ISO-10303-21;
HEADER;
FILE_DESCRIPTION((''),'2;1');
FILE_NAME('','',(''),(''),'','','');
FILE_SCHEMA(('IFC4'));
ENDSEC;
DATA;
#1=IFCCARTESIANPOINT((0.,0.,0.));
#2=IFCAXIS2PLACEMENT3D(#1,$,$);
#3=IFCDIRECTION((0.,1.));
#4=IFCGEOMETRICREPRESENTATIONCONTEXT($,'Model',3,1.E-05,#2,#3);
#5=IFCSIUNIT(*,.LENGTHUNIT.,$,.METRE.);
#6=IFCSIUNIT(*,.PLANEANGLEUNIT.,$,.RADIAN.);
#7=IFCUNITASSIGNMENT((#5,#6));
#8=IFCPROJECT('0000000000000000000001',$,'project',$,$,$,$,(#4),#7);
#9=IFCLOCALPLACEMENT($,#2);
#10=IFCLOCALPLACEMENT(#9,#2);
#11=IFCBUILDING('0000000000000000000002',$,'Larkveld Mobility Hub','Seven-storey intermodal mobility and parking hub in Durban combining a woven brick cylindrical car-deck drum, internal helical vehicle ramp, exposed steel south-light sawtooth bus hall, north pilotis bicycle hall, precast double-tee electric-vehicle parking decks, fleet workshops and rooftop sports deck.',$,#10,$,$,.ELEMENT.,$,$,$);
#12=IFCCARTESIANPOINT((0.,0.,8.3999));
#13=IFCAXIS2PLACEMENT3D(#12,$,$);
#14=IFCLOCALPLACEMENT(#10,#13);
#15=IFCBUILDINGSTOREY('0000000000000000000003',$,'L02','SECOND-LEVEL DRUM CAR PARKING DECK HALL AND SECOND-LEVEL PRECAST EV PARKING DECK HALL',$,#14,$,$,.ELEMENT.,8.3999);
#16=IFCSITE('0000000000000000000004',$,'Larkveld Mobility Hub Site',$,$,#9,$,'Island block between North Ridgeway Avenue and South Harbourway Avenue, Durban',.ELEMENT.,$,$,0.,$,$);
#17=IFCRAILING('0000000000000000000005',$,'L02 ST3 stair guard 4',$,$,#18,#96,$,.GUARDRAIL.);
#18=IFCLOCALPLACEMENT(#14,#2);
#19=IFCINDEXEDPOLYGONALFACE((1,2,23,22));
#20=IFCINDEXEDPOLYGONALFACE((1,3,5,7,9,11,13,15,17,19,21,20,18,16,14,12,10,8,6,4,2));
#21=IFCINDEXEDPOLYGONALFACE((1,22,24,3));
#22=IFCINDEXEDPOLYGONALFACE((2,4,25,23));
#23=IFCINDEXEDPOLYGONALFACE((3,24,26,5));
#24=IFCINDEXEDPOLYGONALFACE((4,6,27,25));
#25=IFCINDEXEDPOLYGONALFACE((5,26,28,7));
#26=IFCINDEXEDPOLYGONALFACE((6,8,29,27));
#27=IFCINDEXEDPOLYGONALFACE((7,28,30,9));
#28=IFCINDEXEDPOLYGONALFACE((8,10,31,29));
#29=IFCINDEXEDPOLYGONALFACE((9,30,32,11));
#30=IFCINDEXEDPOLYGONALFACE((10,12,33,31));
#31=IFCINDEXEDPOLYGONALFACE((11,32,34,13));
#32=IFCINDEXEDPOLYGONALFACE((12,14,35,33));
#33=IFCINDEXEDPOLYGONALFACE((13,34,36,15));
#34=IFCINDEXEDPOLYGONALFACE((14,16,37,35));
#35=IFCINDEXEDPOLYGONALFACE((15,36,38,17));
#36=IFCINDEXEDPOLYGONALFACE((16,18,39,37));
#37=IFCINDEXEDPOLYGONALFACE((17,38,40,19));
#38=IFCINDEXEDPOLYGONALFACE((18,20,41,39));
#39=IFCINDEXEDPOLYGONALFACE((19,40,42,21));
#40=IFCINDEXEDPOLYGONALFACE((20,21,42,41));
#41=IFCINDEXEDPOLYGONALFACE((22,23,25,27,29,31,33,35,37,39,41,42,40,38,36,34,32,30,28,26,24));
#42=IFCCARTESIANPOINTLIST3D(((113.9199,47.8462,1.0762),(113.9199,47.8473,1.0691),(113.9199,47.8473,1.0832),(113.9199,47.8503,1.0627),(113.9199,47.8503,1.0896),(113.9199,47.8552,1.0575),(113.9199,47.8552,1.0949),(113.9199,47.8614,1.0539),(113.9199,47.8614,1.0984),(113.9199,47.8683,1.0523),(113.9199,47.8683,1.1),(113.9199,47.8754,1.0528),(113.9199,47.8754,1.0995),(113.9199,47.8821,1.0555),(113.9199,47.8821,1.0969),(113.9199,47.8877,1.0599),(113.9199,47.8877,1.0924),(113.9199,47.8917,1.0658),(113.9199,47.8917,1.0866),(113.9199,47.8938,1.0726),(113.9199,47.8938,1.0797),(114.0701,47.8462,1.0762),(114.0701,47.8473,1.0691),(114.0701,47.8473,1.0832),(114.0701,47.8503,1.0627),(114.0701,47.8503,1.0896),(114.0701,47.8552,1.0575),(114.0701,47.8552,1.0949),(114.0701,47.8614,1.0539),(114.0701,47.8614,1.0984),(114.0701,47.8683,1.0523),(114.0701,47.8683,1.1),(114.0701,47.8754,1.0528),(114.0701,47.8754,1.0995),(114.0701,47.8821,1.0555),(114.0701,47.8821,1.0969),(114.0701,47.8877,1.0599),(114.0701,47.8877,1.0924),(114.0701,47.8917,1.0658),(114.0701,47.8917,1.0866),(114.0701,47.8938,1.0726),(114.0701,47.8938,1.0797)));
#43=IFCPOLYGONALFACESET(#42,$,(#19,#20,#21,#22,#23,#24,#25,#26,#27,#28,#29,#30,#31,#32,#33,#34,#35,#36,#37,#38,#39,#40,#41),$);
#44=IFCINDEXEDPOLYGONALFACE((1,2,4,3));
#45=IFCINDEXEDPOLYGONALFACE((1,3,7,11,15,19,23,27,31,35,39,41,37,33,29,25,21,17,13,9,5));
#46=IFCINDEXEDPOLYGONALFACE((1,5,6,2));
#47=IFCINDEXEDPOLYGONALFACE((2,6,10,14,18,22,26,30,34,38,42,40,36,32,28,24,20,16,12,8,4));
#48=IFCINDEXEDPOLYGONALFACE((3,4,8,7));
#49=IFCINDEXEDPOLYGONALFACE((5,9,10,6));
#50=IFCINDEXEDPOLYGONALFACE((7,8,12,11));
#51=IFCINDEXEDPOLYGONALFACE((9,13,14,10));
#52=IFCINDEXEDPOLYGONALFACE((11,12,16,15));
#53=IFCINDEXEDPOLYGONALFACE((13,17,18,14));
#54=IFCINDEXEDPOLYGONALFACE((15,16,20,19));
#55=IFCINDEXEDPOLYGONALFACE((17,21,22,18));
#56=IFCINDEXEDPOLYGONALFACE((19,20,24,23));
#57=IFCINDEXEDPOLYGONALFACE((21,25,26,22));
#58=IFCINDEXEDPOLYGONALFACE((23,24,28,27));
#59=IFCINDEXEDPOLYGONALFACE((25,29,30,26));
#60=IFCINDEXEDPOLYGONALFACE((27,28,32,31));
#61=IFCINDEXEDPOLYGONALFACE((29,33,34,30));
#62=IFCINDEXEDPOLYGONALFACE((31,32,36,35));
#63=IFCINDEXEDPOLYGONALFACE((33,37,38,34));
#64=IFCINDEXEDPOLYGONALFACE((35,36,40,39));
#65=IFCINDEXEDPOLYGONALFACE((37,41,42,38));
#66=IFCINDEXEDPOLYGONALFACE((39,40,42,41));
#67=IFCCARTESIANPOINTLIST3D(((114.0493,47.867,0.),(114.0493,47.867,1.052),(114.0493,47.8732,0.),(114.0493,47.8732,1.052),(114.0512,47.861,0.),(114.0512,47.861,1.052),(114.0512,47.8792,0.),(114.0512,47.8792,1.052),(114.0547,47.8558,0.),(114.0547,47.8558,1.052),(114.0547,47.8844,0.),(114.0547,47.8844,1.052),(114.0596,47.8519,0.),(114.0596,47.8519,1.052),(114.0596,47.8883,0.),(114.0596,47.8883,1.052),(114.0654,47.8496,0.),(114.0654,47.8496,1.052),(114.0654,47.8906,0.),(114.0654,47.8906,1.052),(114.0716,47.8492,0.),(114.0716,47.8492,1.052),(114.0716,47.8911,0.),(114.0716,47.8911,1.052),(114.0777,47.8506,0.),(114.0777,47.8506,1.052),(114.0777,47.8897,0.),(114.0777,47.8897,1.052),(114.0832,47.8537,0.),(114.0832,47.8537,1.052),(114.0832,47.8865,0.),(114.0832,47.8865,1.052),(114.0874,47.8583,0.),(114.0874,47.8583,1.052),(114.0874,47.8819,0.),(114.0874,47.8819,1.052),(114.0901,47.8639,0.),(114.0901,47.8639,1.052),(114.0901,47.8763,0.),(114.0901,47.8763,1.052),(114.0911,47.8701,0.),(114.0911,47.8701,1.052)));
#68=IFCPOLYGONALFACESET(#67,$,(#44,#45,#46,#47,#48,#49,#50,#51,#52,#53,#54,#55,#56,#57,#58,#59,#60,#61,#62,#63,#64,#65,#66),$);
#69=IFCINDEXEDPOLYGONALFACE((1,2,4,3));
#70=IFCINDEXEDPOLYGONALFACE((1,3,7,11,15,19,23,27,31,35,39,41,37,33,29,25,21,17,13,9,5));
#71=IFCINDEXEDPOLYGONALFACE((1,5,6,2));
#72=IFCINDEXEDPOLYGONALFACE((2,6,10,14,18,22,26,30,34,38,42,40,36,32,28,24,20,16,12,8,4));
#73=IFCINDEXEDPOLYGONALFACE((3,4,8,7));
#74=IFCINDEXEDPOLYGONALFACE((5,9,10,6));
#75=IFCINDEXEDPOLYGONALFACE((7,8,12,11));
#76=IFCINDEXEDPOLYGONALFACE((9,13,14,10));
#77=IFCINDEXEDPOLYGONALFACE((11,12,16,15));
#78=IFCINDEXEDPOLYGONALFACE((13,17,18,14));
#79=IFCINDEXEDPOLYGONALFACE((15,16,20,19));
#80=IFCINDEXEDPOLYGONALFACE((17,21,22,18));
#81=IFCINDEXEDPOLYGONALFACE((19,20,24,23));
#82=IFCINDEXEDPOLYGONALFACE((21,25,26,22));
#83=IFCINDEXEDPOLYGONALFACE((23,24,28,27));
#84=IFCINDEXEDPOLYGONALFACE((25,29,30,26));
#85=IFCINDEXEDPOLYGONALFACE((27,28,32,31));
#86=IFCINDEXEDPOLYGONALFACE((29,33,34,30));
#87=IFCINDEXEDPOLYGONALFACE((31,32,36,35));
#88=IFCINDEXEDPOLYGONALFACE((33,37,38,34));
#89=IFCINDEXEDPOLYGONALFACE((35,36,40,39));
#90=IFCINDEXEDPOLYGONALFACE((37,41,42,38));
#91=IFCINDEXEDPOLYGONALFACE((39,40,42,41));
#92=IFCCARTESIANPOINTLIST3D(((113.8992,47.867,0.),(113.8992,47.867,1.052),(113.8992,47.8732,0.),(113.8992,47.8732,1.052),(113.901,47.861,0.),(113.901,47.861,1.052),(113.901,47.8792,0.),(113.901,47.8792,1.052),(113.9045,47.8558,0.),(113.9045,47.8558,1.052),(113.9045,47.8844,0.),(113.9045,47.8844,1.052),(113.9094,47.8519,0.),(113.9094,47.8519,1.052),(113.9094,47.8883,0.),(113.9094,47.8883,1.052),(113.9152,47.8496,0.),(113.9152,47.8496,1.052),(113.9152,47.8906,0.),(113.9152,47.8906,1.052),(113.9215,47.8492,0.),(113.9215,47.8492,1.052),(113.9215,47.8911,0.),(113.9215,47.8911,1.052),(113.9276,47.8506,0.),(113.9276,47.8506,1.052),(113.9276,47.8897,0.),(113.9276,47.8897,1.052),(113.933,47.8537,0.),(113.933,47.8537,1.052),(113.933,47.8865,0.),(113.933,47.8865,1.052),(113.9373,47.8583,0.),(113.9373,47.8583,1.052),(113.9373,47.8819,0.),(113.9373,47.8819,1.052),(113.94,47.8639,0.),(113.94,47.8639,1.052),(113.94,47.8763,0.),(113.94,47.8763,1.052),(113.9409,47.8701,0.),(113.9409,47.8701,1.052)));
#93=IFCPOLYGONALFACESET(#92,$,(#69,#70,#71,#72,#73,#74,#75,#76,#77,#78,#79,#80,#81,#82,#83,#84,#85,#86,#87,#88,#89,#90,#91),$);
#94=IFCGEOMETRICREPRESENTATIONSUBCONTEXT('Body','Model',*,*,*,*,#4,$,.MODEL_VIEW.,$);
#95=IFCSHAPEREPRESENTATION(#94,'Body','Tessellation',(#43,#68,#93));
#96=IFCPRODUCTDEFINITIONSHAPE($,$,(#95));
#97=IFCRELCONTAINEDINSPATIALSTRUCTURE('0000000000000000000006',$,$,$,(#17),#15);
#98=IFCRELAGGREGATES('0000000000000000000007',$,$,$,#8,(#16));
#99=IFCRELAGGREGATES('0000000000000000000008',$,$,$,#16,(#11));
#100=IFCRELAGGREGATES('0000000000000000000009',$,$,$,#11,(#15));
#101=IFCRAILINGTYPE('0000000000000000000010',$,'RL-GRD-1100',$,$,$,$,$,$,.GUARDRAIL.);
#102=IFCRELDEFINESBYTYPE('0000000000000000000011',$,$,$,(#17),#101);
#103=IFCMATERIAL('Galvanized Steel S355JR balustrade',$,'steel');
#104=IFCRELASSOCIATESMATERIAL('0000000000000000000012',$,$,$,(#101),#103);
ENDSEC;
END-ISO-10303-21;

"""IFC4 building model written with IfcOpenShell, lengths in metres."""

from ifc_helpers import new_model, si_unit, direction, frame, origin, origin_2d, place, context, subcontext, project, spatial, circle, extrude, material, type_object, element, save


model = new_model("IFC4")

# Units and contexts
model_context = context("Model", 3, precision=1e-05, world=origin(), true_north=direction((0.0, 1.0)))
body_context = subcontext(model_context, "Body", "Model", "MODEL_VIEW")
ifc_project = project(units=[si_unit("LENGTHUNIT", "METRE"), si_unit("PLANEANGLEUNIT", "RADIAN")], contexts=[model_context])

# Site, building, storey
site_placement = place(None, origin())
site = spatial("IfcSite", under=ifc_project, at=site_placement, Name="Larkveld Mobility Hub Site", LongName="Island block between North Ridgeway Avenue and South Harbourway Avenue, Durban", CompositionType="ELEMENT", RefElevation=0.0)
building_placement = place(site_placement, origin())
building = spatial("IfcBuilding", under=site, at=building_placement, Name="Larkveld Mobility Hub", Description="Seven-storey intermodal mobility and parking hub in Durban combining a woven brick cylindrical car-deck drum, internal helical vehicle ramp, exposed steel south-light sawtooth bus hall, north pilotis bicycle hall, precast double-tee electric-vehicle parking decks, fleet workshops and rooftop sports deck.", CompositionType="ELEMENT")
storey_placement = place(building_placement, frame((0.0, 0.0, 8.3999)))
storey = spatial("IfcBuildingStorey", under=building, at=storey_placement, Name="L02", Description="SECOND-LEVEL DRUM CAR PARKING DECK HALL AND SECOND-LEVEL PRECAST EV PARKING DECK HALL", CompositionType="ELEMENT", Elevation=8.3999)

# Railing
ifc_material_1 = material(Name="Galvanized Steel S355JR balustrade", Category="steel")
railing_type_1 = type_object("IfcRailingType", Name="RL-GRD-1100", PredefinedType="GUARDRAIL", material=ifc_material_1)
railing_1_placement = place(storey_placement, frame((114.0701, 47.8701, 0.0)))
element("IfcRailing", 1, at=railing_1_placement, inside=storey, type_object=railing_type_1, Name="L02 ST3 stair guard 4", PredefinedType="GUARDRAIL", context=body_context, shape_type="SweptSolid", body=[
    extrude(circle(Radius=0.0239, at=origin_2d()), frame((0.0, 0.0, 1.0762), z_axis=(-1.0, 0.0, 0.0), x_axis=(0.0, -1.0, 0.0)), (0.0, 0.0, 1.0), 0.1501),
    extrude(circle(Radius=0.021, at=origin_2d()), origin(), (0.0, 0.0, 1.0), 1.052),
    extrude(circle(Radius=0.021, at=origin_2d()), frame((-0.1501, 0.0, 0.0)), (0.0, 0.0, 1.0), 1.052),
])

save(model, "model.ifc")
